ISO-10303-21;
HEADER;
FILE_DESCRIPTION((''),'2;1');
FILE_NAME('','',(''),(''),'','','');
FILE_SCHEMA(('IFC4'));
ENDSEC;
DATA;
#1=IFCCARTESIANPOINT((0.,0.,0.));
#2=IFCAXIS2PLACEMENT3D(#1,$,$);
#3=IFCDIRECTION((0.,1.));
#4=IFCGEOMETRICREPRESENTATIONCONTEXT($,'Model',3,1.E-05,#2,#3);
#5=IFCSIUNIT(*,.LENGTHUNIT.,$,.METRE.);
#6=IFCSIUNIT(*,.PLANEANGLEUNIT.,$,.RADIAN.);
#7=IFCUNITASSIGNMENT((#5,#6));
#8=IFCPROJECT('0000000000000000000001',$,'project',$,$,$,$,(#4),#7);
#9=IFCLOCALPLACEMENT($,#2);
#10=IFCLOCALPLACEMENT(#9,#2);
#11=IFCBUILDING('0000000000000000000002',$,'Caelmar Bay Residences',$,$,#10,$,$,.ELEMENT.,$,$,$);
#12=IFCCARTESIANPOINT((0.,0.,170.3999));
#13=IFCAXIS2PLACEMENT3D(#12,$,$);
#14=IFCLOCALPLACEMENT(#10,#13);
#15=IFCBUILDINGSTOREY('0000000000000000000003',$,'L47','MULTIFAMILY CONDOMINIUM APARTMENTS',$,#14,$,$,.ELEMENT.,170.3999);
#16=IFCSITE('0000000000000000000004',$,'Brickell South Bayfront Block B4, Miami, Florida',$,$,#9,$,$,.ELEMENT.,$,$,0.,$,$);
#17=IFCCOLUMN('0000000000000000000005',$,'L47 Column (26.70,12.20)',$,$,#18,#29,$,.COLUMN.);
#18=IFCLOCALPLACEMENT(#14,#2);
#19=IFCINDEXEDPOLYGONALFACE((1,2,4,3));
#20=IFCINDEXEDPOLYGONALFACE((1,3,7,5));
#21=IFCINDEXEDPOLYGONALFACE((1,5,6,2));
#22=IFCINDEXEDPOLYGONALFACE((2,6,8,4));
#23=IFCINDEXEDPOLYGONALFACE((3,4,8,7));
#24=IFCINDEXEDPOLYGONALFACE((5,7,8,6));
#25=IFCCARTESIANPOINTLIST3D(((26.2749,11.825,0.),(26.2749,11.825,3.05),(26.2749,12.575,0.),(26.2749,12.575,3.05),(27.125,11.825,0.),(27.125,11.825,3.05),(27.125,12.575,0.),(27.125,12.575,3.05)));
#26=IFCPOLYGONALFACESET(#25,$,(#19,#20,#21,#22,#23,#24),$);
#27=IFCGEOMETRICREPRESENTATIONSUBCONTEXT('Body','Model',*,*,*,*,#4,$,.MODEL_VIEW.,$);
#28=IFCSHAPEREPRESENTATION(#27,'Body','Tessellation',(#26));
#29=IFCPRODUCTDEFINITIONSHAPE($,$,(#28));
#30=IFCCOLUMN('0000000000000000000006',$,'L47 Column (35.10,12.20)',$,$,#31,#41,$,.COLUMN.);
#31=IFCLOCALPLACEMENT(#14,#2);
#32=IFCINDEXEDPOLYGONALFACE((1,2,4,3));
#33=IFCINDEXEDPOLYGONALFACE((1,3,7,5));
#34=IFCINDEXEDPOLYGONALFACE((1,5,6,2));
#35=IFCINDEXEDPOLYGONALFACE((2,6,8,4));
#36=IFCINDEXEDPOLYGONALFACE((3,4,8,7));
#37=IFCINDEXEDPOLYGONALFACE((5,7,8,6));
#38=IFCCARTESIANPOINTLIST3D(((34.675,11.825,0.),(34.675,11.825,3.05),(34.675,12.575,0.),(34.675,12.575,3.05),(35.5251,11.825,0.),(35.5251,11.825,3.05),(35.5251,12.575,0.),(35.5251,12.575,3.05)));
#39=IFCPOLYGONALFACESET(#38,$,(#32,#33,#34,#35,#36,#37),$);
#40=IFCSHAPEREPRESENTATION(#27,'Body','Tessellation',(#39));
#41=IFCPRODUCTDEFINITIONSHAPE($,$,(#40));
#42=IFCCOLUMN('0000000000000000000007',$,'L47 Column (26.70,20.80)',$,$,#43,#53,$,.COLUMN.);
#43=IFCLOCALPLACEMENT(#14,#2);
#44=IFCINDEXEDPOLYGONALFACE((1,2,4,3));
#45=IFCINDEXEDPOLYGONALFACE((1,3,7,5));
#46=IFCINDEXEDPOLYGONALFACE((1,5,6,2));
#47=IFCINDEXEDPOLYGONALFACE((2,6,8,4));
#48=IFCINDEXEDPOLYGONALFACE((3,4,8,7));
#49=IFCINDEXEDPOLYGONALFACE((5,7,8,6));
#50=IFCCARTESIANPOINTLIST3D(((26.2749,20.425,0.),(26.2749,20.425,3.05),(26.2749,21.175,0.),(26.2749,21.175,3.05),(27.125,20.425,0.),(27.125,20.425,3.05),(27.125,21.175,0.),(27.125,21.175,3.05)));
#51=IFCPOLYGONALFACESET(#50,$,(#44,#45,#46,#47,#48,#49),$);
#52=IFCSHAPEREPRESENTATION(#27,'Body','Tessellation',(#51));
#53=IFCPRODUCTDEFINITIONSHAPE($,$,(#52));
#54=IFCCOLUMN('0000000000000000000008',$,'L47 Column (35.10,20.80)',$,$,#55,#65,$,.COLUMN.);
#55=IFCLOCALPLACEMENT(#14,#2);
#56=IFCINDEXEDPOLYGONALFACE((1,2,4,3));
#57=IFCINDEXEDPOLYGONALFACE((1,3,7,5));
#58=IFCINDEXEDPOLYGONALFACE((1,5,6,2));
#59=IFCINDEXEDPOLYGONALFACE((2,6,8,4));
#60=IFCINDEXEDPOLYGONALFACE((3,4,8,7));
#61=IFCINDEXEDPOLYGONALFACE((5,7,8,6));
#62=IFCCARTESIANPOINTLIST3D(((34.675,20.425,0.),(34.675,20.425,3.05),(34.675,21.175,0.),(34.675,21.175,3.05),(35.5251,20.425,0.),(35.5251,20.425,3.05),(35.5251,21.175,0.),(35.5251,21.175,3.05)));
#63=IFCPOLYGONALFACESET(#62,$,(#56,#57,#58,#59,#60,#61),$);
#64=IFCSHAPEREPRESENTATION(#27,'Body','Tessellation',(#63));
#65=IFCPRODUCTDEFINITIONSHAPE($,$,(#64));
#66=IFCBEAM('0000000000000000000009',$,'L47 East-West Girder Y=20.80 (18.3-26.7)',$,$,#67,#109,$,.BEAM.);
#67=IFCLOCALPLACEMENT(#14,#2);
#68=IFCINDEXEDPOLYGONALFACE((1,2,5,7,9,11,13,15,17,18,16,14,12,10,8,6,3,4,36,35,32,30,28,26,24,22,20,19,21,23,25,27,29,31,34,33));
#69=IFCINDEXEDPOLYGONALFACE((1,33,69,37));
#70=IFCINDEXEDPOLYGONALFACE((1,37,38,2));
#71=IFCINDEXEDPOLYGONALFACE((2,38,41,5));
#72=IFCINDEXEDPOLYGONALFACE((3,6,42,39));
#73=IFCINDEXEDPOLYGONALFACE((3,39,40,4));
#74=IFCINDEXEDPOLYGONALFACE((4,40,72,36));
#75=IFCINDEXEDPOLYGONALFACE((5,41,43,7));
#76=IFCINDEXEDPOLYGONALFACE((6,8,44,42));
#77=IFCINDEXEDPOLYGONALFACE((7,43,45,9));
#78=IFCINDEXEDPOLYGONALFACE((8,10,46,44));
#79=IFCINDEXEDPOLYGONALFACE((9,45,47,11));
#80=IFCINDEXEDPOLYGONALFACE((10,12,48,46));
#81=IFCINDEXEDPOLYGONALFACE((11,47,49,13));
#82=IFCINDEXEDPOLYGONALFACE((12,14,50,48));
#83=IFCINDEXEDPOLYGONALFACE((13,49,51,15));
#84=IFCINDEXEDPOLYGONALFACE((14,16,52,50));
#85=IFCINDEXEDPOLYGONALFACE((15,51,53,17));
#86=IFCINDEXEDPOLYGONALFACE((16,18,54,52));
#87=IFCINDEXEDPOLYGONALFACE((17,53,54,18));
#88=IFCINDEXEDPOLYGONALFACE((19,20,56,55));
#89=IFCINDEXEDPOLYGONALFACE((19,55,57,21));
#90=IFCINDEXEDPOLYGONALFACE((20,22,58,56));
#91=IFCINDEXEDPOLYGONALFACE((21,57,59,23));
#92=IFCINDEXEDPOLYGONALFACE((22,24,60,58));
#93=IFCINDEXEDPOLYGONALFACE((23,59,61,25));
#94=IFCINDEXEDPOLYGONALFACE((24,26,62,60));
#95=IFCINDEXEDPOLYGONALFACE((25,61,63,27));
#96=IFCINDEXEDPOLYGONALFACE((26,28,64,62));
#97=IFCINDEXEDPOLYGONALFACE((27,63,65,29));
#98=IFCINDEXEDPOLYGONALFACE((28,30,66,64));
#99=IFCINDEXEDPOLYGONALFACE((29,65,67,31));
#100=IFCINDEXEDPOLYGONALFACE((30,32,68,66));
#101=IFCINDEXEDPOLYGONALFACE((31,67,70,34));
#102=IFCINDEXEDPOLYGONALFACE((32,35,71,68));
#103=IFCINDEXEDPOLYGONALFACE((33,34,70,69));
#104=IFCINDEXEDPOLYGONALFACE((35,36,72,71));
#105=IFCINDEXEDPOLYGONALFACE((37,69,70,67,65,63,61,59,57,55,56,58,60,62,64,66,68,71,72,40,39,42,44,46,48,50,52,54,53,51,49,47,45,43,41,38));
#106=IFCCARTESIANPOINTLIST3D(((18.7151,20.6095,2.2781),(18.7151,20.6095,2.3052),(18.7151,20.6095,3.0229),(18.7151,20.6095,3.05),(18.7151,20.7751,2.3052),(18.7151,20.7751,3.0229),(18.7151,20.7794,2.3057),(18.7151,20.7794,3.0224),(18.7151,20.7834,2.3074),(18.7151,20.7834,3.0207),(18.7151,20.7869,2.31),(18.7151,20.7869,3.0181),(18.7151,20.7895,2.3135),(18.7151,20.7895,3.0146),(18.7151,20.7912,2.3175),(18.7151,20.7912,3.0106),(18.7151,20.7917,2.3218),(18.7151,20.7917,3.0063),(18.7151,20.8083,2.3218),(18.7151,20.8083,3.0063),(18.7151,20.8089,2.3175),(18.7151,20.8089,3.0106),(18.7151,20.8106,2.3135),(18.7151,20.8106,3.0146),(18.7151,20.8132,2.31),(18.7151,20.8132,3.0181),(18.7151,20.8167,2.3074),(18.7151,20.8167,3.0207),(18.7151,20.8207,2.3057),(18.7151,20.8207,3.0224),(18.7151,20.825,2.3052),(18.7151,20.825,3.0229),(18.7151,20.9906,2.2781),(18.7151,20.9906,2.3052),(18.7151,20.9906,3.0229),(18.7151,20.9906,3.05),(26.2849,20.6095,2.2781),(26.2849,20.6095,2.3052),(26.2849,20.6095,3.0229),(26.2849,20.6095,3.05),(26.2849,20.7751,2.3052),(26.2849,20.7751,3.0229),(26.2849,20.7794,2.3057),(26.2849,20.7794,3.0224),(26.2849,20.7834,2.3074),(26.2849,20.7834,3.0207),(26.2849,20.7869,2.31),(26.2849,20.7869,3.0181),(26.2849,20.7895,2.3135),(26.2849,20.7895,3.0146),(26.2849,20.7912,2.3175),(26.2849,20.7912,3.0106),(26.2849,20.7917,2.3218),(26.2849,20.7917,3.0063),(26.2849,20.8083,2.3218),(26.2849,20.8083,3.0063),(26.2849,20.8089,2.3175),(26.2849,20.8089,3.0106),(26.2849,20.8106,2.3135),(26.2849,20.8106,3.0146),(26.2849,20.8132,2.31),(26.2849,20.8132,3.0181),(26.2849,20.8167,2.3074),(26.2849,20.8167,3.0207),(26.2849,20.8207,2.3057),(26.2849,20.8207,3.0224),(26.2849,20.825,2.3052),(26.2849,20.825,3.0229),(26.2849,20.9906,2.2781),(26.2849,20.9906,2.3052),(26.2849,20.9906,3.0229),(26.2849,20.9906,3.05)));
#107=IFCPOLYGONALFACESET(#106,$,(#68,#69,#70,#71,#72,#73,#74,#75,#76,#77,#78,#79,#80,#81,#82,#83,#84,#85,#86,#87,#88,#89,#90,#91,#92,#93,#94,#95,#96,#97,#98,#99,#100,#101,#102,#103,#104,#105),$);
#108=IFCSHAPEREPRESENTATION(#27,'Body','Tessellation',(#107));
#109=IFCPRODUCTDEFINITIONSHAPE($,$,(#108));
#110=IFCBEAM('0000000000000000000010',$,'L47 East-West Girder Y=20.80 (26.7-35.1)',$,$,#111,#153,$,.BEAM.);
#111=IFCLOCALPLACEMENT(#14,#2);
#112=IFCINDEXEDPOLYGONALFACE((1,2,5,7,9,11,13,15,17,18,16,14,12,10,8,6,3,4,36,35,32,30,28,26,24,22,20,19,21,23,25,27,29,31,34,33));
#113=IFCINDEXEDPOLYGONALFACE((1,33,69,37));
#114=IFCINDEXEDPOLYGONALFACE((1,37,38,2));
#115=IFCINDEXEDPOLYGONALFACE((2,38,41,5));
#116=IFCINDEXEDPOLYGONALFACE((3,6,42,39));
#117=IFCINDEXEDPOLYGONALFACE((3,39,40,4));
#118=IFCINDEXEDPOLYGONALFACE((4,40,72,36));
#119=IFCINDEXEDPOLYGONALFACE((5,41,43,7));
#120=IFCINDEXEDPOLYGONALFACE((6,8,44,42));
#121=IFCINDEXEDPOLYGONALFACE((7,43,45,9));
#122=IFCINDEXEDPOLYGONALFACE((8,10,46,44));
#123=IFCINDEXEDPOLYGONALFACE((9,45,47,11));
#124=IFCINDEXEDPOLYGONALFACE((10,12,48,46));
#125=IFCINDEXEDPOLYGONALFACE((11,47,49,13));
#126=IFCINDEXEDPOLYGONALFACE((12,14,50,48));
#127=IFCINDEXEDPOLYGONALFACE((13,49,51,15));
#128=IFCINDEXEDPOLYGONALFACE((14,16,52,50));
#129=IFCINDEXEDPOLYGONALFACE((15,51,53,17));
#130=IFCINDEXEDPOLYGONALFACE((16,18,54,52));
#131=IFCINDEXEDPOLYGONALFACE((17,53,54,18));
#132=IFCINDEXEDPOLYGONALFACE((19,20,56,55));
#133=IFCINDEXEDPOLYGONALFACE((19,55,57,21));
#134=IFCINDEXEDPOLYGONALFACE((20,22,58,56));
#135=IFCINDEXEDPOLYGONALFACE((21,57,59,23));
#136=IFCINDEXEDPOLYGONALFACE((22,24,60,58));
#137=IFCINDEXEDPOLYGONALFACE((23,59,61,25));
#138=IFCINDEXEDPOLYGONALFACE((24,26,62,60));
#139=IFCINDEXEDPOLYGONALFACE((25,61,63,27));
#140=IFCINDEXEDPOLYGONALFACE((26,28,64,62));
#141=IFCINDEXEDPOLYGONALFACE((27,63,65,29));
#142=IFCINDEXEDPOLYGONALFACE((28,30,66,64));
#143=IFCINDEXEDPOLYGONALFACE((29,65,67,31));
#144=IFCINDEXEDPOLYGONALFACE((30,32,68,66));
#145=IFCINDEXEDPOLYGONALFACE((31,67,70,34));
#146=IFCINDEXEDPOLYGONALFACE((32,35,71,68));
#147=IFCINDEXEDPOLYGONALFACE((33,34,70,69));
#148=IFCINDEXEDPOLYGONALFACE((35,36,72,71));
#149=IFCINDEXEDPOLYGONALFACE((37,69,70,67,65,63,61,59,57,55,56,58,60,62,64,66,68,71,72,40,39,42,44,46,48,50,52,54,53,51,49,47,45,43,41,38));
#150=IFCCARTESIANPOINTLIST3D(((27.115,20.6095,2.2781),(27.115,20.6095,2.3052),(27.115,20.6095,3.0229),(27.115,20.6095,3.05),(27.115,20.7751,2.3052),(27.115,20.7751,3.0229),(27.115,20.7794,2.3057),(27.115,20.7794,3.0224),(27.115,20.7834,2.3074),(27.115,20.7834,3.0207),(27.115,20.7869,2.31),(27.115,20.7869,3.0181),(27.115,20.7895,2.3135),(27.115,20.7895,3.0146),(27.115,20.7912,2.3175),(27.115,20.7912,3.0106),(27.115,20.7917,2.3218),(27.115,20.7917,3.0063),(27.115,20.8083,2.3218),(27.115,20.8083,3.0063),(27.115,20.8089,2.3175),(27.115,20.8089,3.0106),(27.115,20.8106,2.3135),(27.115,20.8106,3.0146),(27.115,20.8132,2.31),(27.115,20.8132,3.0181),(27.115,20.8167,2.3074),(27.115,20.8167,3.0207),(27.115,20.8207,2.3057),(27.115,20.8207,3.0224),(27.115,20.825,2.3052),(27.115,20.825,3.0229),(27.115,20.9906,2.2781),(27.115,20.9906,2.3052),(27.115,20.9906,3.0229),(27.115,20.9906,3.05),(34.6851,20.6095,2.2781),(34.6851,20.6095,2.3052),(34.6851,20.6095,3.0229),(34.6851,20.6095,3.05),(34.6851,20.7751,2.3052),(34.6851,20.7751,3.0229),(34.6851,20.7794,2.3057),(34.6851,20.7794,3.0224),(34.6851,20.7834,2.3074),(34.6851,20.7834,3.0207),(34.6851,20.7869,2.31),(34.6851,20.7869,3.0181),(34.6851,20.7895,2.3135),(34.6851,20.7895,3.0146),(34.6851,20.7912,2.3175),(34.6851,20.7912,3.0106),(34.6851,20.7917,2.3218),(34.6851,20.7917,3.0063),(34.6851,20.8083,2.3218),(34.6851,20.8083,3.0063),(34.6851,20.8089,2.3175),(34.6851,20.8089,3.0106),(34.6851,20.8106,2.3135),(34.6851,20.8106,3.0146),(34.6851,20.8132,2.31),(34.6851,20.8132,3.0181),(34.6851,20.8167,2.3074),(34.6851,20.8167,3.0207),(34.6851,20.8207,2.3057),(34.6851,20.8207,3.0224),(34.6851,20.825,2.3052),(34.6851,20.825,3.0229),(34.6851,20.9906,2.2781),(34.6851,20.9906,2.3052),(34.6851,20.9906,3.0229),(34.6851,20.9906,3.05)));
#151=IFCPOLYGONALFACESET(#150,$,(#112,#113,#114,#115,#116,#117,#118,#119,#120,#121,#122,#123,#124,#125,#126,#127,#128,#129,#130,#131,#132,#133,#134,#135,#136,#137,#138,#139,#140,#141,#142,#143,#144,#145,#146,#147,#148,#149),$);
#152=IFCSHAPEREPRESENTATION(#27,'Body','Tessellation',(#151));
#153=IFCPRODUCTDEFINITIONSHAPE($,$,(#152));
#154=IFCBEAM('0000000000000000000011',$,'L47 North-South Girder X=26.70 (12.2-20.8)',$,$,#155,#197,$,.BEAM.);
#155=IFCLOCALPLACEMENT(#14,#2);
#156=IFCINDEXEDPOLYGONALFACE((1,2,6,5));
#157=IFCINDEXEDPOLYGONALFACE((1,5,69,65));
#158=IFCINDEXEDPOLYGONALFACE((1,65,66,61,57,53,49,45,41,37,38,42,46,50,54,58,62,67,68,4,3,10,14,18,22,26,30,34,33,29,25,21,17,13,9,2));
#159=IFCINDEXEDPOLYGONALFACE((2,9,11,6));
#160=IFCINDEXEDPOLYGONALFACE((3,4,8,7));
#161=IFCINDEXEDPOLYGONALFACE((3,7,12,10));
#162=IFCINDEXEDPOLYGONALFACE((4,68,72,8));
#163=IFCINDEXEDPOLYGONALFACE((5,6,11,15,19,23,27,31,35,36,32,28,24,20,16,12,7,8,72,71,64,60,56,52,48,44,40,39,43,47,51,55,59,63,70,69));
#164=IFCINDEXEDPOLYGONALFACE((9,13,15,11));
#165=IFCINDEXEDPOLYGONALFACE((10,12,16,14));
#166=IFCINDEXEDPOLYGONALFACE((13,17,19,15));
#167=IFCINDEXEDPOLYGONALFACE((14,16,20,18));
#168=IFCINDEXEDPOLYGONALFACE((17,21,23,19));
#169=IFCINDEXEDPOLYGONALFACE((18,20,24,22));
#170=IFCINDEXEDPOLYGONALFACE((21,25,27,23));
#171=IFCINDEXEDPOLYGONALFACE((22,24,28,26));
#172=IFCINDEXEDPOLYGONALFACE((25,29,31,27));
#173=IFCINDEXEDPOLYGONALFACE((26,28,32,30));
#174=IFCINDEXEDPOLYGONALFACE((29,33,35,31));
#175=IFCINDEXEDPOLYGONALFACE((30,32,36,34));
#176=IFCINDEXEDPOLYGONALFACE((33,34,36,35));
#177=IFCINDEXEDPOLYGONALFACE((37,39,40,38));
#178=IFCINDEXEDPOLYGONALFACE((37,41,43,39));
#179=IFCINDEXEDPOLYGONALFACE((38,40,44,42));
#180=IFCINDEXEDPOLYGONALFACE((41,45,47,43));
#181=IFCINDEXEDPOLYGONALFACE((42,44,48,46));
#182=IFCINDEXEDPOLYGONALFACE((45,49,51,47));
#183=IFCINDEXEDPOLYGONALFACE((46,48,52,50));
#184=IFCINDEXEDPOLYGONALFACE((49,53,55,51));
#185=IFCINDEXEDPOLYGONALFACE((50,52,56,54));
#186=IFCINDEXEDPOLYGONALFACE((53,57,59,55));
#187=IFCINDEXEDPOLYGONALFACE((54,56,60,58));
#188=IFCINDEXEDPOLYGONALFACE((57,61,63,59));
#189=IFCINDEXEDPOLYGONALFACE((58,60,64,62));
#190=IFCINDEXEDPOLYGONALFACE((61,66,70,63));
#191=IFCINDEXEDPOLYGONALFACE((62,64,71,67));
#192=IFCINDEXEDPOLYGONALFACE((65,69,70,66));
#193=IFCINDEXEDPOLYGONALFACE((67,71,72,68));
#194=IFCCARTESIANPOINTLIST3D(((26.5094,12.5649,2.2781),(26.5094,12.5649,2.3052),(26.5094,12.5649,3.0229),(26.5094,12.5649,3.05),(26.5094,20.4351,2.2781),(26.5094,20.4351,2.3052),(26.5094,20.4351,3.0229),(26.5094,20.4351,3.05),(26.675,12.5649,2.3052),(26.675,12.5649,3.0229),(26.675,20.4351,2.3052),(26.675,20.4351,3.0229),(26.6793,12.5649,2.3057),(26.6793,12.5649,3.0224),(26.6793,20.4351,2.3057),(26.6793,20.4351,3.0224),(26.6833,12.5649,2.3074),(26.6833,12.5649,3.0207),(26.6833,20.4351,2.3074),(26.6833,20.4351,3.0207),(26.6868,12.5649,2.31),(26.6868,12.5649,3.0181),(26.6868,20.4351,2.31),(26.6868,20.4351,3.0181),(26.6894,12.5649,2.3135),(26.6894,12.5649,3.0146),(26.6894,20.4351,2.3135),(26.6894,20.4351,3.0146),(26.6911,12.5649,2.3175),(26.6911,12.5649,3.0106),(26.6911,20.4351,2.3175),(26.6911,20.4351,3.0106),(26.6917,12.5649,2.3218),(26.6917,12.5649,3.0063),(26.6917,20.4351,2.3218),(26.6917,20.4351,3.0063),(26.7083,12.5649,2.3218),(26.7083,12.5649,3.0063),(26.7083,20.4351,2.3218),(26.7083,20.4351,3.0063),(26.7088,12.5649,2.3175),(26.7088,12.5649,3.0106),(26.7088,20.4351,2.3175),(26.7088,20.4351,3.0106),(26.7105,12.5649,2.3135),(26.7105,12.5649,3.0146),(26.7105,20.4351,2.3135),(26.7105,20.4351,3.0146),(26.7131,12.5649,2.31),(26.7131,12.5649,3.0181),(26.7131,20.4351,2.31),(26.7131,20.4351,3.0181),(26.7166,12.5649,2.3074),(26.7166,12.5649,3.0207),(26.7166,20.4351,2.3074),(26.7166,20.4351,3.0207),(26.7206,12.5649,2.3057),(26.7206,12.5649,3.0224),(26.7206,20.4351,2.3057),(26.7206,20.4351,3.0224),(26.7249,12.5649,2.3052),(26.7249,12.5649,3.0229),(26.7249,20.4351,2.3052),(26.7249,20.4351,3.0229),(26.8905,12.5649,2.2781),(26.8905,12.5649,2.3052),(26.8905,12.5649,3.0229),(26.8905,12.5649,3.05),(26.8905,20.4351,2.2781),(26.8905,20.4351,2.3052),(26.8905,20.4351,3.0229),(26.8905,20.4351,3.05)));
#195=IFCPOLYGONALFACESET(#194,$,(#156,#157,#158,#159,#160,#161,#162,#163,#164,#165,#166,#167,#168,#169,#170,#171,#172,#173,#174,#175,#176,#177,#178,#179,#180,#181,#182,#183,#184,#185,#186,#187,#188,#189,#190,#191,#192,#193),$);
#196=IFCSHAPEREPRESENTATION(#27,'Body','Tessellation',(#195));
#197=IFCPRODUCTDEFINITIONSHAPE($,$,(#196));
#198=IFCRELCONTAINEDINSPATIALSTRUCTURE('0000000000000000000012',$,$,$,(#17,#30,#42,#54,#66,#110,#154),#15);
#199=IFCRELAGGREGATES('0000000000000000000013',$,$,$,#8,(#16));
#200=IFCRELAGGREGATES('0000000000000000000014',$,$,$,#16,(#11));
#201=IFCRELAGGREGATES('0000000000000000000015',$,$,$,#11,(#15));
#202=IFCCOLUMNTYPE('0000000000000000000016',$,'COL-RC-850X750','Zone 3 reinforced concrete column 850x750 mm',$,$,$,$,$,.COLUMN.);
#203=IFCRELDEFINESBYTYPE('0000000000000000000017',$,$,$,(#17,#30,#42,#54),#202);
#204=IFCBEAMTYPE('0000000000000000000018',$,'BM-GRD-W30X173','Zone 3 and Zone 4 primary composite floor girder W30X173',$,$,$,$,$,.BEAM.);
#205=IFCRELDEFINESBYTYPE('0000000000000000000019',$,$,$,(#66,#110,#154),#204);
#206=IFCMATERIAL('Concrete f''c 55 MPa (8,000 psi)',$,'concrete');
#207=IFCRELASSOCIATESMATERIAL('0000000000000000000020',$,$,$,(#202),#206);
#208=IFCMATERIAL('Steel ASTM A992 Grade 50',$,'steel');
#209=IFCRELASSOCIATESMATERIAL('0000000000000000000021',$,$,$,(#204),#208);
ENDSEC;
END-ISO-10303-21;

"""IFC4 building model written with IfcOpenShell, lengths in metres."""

from ifc_helpers import new_model, si_unit, direction, frame, origin, origin_2d, place, context, subcontext, project, spatial, rectangle, i_section, extrude, material, material_profile, profile_set, type_object, element, save


model = new_model("IFC4")

# Units and contexts
model_context = context("Model", 3, precision=1e-05, world=origin(), true_north=direction((0.0, 1.0)))
body_context = subcontext(model_context, "Body", "Model", "MODEL_VIEW")
ifc_project = project(units=[si_unit("LENGTHUNIT", "METRE"), si_unit("PLANEANGLEUNIT", "RADIAN")], contexts=[model_context])

# Site, building, storey
site_placement = place(None, origin())
site = spatial("IfcSite", under=ifc_project, at=site_placement, Name="Brickell South Bayfront Block B4, Miami, Florida", CompositionType="ELEMENT", RefElevation=0.0)
building_placement = place(site_placement, origin())
building = spatial("IfcBuilding", under=site, at=building_placement, Name="Caelmar Bay Residences", CompositionType="ELEMENT")
storey_placement = place(building_placement, frame((0.0, 0.0, 170.3999)))
storey = spatial("IfcBuildingStorey", under=building, at=storey_placement, Name="L47", Description="MULTIFAMILY CONDOMINIUM APARTMENTS", CompositionType="ELEMENT", Elevation=170.3999)

# Columns
ifc_material_1 = material(Name="Concrete f'c 55 MPa (8,000 psi)", Category="concrete")
ifc_material_profile_1 = material_profile(ifc_material_1, rectangle(XDim=0.8501, YDim=0.75, at=origin_2d()), Name="RC-COL-850X750")
ifc_profile_set_1 = profile_set([ifc_material_profile_1], Name="Concrete f'c 55 MPa (8,000 psi)")
column_type = type_object("IfcColumnType", Name="COL-RC-850X750", Description="Zone 3 reinforced concrete column 850x750 mm", PredefinedType="COLUMN", material=ifc_profile_set_1)
for number, where, z_axis, x_axis, name in (
    (1, (26.7, 12.2, 0.0), (0.0, 0.0, 1.0), (1.0, 0.0, 0.0), "L47 Column (26.70,12.20)"),
    (2, (35.1001, 12.2, 0.0), (0.0, 0.0, 1.0), (1.0, 0.0, 0.0), "L47 Column (35.10,12.20)"),
    (3, (26.7, 20.8, 0.0), (0.0, 0.0, 1.0), (1.0, 0.0, 0.0), "L47 Column (26.70,20.80)"),
    (4, (35.1001, 20.8, 0.0), (0.0, 0.0, 1.0), (1.0, 0.0, 0.0), "L47 Column (35.10,20.80)"),
):
    element("IfcColumn", number, at=place(storey_placement, frame(where, z_axis=z_axis, x_axis=x_axis)), inside=storey, type_object=column_type, Name=name, PredefinedType="COLUMN", context=body_context, shape_type="SweptSolid", body=[
        extrude(rectangle(XDim=0.8501, YDim=0.75, at=origin_2d()), origin(), (0.0, 0.0, 1.0), 3.05),
    ])

# Beams
ifc_material_2 = material(Name="Steel ASTM A992 Grade 50", Category="steel")
ifc_material_profile_2 = material_profile(ifc_material_2, i_section(OverallWidth=0.3811, OverallDepth=0.772, WebThickness=0.0166, FlangeThickness=0.0271, FilletRadius=0.0166, at=origin_2d()), Name="W30X173")
ifc_profile_set_2 = profile_set([ifc_material_profile_2], Name="Steel ASTM A992 Grade 50")
beam_type_1 = type_object("IfcBeamType", Name="BM-GRD-W30X173", Description="Zone 3 and Zone 4 primary composite floor girder W30X173", PredefinedType="BEAM", material=ifc_profile_set_2)
beam_1_placement = place(storey_placement, frame((18.7151, 20.8, 2.6641), z_axis=(1.0, 0.0, 0.0), x_axis=(0.0, 1.0, 0.0)))
element("IfcBeam", 5, at=beam_1_placement, inside=storey, type_object=beam_type_1, Name="L47 East-West Girder Y=20.80 (18.3-26.7)", PredefinedType="BEAM", context=body_context, shape_type="SweptSolid", body=[
    extrude(i_section(OverallWidth=0.3811, OverallDepth=0.772, WebThickness=0.0166, FlangeThickness=0.0271, FilletRadius=0.0166, at=origin_2d()), origin(), (0.0, 0.0, 1.0), 7.5698),
])
beam_2_placement = place(storey_placement, frame((27.115, 20.8, 2.6641), z_axis=(1.0, 0.0, 0.0), x_axis=(0.0, 1.0, 0.0)))
element("IfcBeam", 6, at=beam_2_placement, inside=storey, type_object=beam_type_1, Name="L47 East-West Girder Y=20.80 (26.7-35.1)", PredefinedType="BEAM", context=body_context, shape_type="SweptSolid", body=[
    extrude(i_section(OverallWidth=0.3811, OverallDepth=0.772, WebThickness=0.0166, FlangeThickness=0.0271, FilletRadius=0.0166, at=origin_2d()), origin(), (0.0, 0.0, 1.0), 7.5701),
])
for number, where, z_axis, x_axis, name in (
    (7, (26.7, 12.5649, 2.6641), (0.0, 1.0, 0.0), (-1.0, 0.0, 0.0), "L47 North-South Girder X=26.70 (12.2-20.8)"),
):
    element("IfcBeam", number, at=place(storey_placement, frame(where, z_axis=z_axis, x_axis=x_axis)), inside=storey, type_object=beam_type_1, Name=name, PredefinedType="BEAM", context=body_context, shape_type="SweptSolid", body=[
        extrude(i_section(OverallWidth=0.3811, OverallDepth=0.772, WebThickness=0.0166, FlangeThickness=0.0271, FilletRadius=0.0166, at=origin_2d()), origin(), (0.0, 0.0, 1.0), 7.8701),
    ])

save(model, "model.ifc")
